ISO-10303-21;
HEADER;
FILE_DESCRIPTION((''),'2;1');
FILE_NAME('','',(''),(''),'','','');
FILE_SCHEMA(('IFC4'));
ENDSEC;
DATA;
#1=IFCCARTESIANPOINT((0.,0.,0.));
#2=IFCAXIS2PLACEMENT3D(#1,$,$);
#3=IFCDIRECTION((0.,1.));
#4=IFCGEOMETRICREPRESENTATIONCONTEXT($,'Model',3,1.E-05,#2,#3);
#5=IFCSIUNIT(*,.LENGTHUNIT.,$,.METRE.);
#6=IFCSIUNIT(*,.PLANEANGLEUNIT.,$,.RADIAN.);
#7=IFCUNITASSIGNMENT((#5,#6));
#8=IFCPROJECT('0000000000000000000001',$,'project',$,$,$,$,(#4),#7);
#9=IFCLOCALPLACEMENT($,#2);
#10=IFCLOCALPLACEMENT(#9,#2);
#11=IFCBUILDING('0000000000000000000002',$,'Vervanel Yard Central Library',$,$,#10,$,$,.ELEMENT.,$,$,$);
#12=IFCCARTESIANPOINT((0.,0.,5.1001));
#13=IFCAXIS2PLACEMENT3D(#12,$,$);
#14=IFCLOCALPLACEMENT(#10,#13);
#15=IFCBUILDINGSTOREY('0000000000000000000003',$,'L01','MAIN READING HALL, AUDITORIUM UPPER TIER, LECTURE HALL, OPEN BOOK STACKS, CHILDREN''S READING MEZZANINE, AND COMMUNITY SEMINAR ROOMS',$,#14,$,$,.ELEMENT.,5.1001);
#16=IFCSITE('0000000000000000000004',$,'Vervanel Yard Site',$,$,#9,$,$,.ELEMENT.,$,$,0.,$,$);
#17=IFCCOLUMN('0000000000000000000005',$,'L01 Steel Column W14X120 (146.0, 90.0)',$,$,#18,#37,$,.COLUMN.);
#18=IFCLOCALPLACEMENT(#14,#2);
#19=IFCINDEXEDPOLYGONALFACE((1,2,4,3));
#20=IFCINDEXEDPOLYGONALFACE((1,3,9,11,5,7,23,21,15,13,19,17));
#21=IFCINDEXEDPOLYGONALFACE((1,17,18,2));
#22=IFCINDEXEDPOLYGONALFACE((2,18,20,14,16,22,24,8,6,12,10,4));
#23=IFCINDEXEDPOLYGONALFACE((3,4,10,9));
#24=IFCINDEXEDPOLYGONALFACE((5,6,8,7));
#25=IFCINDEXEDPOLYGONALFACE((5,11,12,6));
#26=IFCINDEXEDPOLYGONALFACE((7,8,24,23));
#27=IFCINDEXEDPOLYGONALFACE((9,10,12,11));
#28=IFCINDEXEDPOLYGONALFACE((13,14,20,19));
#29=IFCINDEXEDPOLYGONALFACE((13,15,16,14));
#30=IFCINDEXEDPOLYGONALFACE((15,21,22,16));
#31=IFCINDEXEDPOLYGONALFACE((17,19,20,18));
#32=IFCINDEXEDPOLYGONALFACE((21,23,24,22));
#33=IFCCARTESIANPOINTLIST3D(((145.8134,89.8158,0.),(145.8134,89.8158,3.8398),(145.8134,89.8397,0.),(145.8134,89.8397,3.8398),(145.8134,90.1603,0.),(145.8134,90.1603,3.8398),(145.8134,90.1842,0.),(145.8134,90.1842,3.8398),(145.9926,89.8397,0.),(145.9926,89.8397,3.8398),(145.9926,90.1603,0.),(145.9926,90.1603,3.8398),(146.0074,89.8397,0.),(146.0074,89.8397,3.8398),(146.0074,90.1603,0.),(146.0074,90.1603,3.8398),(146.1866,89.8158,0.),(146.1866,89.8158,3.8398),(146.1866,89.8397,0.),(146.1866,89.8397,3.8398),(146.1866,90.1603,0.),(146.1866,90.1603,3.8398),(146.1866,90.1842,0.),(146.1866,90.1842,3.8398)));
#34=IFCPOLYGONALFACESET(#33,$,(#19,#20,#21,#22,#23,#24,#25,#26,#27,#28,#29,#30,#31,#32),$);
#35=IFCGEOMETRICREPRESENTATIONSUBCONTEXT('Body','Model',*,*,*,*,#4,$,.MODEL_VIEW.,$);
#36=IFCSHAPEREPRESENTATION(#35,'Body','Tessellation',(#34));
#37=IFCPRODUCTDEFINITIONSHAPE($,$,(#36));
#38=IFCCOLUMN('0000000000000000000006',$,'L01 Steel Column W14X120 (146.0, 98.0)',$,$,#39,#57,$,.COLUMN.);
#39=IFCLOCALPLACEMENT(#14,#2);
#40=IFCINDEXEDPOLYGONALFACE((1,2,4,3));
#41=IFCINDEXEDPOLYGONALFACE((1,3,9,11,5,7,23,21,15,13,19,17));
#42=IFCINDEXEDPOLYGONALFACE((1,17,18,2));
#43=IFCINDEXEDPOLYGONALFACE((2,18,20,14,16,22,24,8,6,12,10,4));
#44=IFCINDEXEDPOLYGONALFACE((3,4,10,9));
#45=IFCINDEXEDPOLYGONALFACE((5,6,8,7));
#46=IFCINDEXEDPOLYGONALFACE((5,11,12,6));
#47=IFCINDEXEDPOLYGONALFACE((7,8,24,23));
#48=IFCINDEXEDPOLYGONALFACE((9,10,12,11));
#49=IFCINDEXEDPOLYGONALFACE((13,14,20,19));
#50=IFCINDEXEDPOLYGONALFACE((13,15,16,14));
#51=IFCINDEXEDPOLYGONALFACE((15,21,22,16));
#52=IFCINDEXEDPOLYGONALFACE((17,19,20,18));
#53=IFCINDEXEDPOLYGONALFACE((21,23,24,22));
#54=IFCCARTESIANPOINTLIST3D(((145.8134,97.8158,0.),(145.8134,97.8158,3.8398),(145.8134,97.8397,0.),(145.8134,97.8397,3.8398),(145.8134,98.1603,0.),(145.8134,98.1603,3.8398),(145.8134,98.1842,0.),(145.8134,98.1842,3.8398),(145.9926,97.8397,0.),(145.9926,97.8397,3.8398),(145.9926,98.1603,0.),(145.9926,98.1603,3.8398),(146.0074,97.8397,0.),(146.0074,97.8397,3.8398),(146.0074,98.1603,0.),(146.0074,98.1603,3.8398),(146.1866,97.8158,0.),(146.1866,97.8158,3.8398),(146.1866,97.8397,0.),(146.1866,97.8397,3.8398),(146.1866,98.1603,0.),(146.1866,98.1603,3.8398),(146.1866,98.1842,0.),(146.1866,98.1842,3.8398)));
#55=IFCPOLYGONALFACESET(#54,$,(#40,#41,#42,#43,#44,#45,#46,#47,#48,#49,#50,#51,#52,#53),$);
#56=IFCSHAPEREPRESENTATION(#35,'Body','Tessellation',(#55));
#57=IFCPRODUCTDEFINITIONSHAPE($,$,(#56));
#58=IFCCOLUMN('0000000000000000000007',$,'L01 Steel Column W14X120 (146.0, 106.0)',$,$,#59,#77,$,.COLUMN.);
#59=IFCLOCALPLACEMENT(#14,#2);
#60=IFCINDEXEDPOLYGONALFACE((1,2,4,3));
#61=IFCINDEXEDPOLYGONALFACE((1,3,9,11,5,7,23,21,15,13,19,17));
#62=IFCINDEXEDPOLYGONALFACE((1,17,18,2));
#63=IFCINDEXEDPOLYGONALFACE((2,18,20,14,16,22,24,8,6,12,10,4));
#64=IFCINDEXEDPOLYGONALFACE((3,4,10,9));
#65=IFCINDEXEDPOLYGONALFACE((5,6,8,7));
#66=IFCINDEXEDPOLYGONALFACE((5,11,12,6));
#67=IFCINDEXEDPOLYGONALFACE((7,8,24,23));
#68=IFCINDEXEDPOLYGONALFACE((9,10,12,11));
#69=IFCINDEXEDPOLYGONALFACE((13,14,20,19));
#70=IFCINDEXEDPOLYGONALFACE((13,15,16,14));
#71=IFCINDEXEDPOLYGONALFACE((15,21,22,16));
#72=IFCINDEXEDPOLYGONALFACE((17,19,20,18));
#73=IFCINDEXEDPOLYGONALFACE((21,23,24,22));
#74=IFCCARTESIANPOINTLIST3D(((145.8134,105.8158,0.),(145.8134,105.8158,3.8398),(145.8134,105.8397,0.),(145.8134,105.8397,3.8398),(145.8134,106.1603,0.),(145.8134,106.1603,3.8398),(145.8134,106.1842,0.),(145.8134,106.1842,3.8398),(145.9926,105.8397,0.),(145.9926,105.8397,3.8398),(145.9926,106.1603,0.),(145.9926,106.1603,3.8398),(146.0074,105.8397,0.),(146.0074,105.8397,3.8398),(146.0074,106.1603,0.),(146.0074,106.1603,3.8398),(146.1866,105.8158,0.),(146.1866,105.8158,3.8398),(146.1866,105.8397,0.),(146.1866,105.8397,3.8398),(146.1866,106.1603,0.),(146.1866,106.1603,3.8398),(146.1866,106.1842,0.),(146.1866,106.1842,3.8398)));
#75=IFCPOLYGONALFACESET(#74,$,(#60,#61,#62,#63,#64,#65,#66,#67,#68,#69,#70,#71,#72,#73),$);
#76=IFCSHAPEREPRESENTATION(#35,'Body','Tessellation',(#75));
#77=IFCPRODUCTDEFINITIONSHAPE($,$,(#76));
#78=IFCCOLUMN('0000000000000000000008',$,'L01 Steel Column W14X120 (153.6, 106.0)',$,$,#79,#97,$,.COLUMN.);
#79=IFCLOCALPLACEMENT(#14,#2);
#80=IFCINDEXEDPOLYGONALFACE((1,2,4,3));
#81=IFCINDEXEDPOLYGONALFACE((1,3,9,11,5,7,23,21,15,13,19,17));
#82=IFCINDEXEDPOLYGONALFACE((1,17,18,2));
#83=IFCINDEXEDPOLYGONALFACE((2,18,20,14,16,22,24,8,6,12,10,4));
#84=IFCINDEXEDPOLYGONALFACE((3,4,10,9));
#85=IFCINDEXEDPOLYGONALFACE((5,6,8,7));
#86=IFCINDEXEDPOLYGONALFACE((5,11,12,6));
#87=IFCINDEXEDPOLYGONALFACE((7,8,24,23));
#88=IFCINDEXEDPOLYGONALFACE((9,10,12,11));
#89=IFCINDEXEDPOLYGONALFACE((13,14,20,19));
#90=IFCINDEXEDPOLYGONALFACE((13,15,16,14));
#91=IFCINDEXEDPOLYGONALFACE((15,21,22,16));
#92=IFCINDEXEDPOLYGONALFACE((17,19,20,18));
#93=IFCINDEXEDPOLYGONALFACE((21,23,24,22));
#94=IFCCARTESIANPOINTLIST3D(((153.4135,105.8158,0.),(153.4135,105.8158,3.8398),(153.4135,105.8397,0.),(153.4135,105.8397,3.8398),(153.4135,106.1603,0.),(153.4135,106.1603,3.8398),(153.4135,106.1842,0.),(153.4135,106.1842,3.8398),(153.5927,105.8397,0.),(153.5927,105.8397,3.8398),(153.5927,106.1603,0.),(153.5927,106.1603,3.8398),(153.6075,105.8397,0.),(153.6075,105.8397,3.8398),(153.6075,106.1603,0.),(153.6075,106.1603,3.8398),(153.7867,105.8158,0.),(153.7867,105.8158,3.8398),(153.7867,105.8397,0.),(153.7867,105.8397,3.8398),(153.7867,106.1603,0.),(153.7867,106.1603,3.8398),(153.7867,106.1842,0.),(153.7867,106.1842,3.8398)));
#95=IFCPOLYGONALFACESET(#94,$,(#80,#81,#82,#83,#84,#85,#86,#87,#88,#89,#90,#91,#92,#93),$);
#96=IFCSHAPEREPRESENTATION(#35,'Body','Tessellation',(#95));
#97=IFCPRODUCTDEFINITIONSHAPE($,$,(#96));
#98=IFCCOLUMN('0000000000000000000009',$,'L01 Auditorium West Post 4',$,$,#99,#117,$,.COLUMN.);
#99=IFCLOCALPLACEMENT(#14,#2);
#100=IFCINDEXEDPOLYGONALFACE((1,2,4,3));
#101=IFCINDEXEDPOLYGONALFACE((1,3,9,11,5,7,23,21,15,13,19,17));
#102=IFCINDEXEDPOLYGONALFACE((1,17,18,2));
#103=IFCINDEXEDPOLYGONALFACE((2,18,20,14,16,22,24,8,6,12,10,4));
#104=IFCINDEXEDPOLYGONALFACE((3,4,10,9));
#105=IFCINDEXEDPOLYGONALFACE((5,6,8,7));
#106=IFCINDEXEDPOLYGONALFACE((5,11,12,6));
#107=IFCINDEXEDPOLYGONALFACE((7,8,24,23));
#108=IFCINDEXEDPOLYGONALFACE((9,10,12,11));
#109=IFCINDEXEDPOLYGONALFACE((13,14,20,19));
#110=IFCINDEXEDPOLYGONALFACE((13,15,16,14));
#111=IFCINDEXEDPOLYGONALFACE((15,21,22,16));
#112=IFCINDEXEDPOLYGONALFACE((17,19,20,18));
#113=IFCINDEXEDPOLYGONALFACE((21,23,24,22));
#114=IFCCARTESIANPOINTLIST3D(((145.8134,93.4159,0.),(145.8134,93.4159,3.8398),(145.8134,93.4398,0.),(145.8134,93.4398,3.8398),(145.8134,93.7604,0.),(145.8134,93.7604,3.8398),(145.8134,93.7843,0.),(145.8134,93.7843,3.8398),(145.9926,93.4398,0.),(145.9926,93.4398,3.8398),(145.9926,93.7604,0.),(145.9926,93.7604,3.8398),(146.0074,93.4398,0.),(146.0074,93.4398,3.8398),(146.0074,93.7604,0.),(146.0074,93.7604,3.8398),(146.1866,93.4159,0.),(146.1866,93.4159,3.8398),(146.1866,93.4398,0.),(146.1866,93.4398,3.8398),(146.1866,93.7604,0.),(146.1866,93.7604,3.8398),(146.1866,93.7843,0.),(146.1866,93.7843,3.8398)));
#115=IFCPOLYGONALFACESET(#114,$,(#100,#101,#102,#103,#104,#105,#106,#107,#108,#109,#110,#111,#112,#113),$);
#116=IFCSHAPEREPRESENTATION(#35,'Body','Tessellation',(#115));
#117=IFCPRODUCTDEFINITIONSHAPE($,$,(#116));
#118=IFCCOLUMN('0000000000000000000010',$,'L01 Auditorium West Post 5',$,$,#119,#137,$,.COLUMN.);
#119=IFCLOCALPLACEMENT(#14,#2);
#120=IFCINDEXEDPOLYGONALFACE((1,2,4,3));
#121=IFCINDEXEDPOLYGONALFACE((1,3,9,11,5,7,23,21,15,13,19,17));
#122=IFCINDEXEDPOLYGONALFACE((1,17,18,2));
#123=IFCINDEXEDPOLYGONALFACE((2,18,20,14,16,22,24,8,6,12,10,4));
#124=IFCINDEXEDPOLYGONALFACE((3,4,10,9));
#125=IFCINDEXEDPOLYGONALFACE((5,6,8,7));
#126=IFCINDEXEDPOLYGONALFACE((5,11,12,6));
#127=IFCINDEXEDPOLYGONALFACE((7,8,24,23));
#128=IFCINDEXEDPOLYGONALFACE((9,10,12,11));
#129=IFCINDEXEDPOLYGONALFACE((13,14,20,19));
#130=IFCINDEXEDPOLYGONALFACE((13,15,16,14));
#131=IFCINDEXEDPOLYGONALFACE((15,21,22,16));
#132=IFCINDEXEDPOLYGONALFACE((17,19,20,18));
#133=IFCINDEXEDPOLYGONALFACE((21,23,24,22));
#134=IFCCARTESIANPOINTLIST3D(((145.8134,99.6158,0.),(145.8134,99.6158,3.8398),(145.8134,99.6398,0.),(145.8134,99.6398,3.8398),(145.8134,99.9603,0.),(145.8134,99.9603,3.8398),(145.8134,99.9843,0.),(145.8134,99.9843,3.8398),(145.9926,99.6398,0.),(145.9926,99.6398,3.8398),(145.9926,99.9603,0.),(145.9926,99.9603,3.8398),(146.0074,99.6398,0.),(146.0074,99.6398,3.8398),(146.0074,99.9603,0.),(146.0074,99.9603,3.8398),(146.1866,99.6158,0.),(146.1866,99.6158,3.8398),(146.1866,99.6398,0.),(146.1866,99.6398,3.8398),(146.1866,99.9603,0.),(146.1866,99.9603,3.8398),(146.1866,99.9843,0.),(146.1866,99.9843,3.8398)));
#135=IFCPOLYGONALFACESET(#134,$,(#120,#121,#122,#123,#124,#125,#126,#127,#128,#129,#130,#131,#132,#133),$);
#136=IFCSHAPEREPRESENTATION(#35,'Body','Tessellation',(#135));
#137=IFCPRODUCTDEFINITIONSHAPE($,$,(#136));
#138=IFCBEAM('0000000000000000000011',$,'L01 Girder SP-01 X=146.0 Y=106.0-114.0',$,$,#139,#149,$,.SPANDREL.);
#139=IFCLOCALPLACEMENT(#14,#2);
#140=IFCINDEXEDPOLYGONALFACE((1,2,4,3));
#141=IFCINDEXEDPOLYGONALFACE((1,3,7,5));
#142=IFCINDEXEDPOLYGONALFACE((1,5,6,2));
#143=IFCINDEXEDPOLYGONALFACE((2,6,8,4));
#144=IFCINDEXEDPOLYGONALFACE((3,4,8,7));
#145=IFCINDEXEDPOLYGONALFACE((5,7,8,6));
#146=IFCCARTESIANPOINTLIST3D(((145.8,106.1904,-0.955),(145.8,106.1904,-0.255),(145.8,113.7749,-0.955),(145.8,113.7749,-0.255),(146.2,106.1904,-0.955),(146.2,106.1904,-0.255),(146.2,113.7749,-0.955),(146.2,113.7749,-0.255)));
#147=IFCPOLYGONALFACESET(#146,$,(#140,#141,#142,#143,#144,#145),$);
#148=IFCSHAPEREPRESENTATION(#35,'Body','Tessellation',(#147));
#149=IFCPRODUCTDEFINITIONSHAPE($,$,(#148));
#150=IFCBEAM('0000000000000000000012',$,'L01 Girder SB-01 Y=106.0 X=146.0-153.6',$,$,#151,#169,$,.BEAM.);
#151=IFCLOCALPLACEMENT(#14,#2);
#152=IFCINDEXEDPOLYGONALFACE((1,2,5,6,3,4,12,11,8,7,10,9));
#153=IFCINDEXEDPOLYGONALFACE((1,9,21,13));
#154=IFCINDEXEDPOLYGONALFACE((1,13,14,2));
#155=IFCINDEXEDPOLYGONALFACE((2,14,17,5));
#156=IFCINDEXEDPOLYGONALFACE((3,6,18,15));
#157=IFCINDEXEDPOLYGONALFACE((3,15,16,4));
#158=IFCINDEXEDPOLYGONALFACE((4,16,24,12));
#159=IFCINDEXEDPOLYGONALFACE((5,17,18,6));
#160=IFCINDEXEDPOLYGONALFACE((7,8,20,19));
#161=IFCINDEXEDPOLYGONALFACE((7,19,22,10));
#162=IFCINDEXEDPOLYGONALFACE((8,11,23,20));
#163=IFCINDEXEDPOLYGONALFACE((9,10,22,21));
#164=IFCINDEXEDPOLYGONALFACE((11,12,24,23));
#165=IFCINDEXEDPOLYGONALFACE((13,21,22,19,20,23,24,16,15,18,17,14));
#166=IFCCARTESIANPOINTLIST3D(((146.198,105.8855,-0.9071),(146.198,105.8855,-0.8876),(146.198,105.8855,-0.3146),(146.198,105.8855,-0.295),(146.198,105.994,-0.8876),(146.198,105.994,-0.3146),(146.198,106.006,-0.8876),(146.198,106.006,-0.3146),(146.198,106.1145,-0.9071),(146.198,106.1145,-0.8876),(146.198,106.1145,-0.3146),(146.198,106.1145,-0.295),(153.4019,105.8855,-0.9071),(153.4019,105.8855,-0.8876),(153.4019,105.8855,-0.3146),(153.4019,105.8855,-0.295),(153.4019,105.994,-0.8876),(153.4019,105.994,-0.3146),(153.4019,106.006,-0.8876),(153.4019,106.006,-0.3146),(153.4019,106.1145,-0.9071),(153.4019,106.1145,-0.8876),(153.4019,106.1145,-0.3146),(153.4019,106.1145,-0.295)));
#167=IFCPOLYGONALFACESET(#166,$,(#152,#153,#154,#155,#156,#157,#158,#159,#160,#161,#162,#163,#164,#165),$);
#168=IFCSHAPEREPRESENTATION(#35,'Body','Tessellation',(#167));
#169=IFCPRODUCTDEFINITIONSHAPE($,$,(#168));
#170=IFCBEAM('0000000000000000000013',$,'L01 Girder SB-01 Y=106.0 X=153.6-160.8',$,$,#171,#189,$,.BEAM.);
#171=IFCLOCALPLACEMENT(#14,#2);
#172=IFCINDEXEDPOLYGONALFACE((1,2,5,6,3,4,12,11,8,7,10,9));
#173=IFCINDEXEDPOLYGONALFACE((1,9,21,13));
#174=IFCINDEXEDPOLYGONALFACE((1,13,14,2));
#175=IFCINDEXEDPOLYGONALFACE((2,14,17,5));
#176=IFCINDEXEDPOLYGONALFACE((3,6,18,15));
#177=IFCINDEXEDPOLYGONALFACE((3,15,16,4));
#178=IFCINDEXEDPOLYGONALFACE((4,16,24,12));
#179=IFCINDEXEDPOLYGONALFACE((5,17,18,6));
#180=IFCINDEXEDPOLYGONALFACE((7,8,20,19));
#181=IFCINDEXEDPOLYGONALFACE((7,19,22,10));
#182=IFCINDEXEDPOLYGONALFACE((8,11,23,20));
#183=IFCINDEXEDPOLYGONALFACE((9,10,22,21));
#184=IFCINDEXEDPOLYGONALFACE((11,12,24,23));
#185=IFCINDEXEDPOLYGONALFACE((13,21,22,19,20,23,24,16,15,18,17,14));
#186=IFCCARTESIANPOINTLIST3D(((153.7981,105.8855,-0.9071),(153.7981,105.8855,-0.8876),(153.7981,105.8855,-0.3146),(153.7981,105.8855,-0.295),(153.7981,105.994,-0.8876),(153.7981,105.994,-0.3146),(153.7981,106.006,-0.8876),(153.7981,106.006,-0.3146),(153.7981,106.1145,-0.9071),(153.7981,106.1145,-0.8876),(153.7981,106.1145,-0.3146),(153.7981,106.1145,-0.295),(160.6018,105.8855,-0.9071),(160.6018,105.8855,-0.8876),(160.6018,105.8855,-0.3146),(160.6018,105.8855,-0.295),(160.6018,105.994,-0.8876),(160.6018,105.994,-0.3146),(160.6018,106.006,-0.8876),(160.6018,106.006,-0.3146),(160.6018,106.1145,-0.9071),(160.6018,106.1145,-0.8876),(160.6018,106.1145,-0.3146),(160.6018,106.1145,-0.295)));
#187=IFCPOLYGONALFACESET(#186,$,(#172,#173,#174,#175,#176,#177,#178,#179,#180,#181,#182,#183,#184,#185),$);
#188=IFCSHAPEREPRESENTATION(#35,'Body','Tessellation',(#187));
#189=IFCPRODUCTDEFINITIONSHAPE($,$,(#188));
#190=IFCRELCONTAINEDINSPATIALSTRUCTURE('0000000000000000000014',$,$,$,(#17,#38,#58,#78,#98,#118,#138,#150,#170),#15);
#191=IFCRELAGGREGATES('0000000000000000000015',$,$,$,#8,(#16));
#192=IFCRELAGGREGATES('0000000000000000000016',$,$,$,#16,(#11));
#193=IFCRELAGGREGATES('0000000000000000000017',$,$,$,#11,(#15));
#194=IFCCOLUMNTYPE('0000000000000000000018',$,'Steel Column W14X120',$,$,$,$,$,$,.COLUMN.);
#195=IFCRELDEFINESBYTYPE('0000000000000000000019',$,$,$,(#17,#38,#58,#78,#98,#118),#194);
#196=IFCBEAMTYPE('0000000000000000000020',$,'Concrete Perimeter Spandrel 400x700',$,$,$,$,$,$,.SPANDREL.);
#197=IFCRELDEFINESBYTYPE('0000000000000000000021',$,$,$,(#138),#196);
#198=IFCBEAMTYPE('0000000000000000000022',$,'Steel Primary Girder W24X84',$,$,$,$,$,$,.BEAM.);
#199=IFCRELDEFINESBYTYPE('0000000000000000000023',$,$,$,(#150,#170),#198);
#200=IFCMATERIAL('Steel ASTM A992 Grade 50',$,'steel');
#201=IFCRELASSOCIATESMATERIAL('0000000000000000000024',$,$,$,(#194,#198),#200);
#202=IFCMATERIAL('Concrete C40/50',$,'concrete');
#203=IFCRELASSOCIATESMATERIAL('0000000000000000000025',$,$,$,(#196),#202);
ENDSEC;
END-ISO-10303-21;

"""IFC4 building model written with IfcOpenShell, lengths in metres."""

from ifc_helpers import new_model, si_unit, direction, frame, origin, origin_2d, place, context, subcontext, project, spatial, rectangle, i_section, extrude, material, material_profile, profile_set, type_object, element, save


model = new_model("IFC4")

# Units and contexts
model_context = context("Model", 3, precision=1e-05, world=origin(), true_north=direction((0.0, 1.0)))
body_context = subcontext(model_context, "Body", "Model", "MODEL_VIEW")
ifc_project = project(units=[si_unit("LENGTHUNIT", "METRE"), si_unit("PLANEANGLEUNIT", "RADIAN")], contexts=[model_context])

# Site, building, storey
site_placement = place(None, origin())
site = spatial("IfcSite", under=ifc_project, at=site_placement, Name="Vervanel Yard Site", CompositionType="ELEMENT", RefElevation=0.0)
building_placement = place(site_placement, origin())
building = spatial("IfcBuilding", under=site, at=building_placement, Name="Vervanel Yard Central Library", CompositionType="ELEMENT")
storey_placement = place(building_placement, frame((0.0, 0.0, 5.1001)))
storey = spatial("IfcBuildingStorey", under=building, at=storey_placement, Name="L01", Description="MAIN READING HALL, AUDITORIUM UPPER TIER, LECTURE HALL, OPEN BOOK STACKS, CHILDREN'S READING MEZZANINE, AND COMMUNITY SEMINAR ROOMS", CompositionType="ELEMENT", Elevation=5.1001)

# Columns
ifc_material_1 = material(Name="Steel ASTM A992 Grade 50", Category="steel")
ifc_material_profile_1 = material_profile(ifc_material_1, i_section(OverallWidth=0.3733, OverallDepth=0.3684, WebThickness=0.0149, FlangeThickness=0.0239, at=origin_2d()), Name="W14X120", Category="steel")
ifc_profile_set_1 = profile_set([ifc_material_profile_1], Name="Steel ASTM A992 Grade 50")
column_type = type_object("IfcColumnType", Name="Steel Column W14X120", PredefinedType="COLUMN", material=ifc_profile_set_1)
for number, where, z_axis, x_axis, name in (
    (1, (146.0, 90.0, 0.0), (0.0, 0.0, 1.0), (1.0, 0.0, 0.0), "L01 Steel Column W14X120 (146.0, 90.0)"),
    (2, (146.0, 98.0, 0.0), (0.0, 0.0, 1.0), (1.0, 0.0, 0.0), "L01 Steel Column W14X120 (146.0, 98.0)"),
    (3, (146.0, 106.0, 0.0), (0.0, 0.0, 1.0), (1.0, 0.0, 0.0), "L01 Steel Column W14X120 (146.0, 106.0)"),
    (4, (153.6001, 106.0, 0.0), (0.0, 0.0, 1.0), (1.0, 0.0, 0.0), "L01 Steel Column W14X120 (153.6, 106.0)"),
    (5, (146.0, 93.6001, 0.0), (0.0, 0.0, 1.0), (1.0, 0.0, 0.0), "L01 Auditorium West Post 4"),
    (6, (146.0, 99.8, 0.0), (0.0, 0.0, 1.0), (1.0, 0.0, 0.0), "L01 Auditorium West Post 5"),
):
    element("IfcColumn", number, at=place(storey_placement, frame(where, z_axis=z_axis, x_axis=x_axis)), inside=storey, type_object=column_type, Name=name, PredefinedType="COLUMN", context=body_context, shape_type="SweptSolid", body=[
        extrude(i_section(OverallWidth=0.3733, OverallDepth=0.3684, WebThickness=0.0149, FlangeThickness=0.0239, at=origin_2d()), origin(), (0.0, 0.0, 1.0), 3.8398),
    ])

# Beams
ifc_material_2 = material(Name="Concrete C40/50", Category="concrete")
ifc_material_profile_2 = material_profile(ifc_material_2, rectangle(XDim=0.3999, YDim=0.7, at=origin_2d()), Name="RC 400x700", Category="concrete")
ifc_profile_set_2 = profile_set([ifc_material_profile_2], Name="Concrete C40/50")
beam_type_1 = type_object("IfcBeamType", Name="Concrete Perimeter Spandrel 400x700", PredefinedType="SPANDREL", material=ifc_profile_set_2)
beam_1_placement = place(storey_placement, frame((146.0, 106.1904, -0.605), z_axis=(0.0, 1.0, 0.0), x_axis=(-1.0, 0.0, 0.0)))
element("IfcBeam", 7, at=beam_1_placement, inside=storey, type_object=beam_type_1, Name="L01 Girder SP-01 X=146.0 Y=106.0-114.0", PredefinedType="SPANDREL", context=body_context, shape_type="SweptSolid", body=[
    extrude(rectangle(XDim=0.3999, YDim=0.7, at=origin_2d()), origin(), (0.0, 0.0, 1.0), 7.5845),
])
ifc_material_profile_3 = material_profile(ifc_material_1, i_section(OverallWidth=0.229, OverallDepth=0.6121, WebThickness=0.012, FlangeThickness=0.0195, at=origin_2d()), Name="W24X84", Category="steel")
ifc_profile_set_3 = profile_set([ifc_material_profile_3], Name="Steel ASTM A992 Grade 50")
beam_type_2 = type_object("IfcBeamType", Name="Steel Primary Girder W24X84", PredefinedType="BEAM", material=ifc_profile_set_3)
beam_2_placement = place(storey_placement, frame((146.198, 106.0, -0.6011), z_axis=(1.0, 0.0, 0.0), x_axis=(0.0, 1.0, 0.0)))
element("IfcBeam", 8, at=beam_2_placement, inside=storey, type_object=beam_type_2, Name="L01 Girder SB-01 Y=106.0 X=146.0-153.6", PredefinedType="BEAM", context=body_context, shape_type="SweptSolid", body=[
    extrude(i_section(OverallWidth=0.229, OverallDepth=0.6121, WebThickness=0.012, FlangeThickness=0.0195, at=origin_2d()), origin(), (0.0, 0.0, 1.0), 7.2039),
])
beam_3_placement = place(storey_placement, frame((153.7981, 106.0, -0.6011), z_axis=(1.0, 0.0, 0.0), x_axis=(0.0, 1.0, 0.0)))
element("IfcBeam", 9, at=beam_3_placement, inside=storey, type_object=beam_type_2, Name="L01 Girder SB-01 Y=106.0 X=153.6-160.8", PredefinedType="BEAM", context=body_context, shape_type="SweptSolid", body=[
    extrude(i_section(OverallWidth=0.229, OverallDepth=0.6121, WebThickness=0.012, FlangeThickness=0.0195, at=origin_2d()), origin(), (0.0, 0.0, 1.0), 6.8037),
])

save(model, "model.ifc")
